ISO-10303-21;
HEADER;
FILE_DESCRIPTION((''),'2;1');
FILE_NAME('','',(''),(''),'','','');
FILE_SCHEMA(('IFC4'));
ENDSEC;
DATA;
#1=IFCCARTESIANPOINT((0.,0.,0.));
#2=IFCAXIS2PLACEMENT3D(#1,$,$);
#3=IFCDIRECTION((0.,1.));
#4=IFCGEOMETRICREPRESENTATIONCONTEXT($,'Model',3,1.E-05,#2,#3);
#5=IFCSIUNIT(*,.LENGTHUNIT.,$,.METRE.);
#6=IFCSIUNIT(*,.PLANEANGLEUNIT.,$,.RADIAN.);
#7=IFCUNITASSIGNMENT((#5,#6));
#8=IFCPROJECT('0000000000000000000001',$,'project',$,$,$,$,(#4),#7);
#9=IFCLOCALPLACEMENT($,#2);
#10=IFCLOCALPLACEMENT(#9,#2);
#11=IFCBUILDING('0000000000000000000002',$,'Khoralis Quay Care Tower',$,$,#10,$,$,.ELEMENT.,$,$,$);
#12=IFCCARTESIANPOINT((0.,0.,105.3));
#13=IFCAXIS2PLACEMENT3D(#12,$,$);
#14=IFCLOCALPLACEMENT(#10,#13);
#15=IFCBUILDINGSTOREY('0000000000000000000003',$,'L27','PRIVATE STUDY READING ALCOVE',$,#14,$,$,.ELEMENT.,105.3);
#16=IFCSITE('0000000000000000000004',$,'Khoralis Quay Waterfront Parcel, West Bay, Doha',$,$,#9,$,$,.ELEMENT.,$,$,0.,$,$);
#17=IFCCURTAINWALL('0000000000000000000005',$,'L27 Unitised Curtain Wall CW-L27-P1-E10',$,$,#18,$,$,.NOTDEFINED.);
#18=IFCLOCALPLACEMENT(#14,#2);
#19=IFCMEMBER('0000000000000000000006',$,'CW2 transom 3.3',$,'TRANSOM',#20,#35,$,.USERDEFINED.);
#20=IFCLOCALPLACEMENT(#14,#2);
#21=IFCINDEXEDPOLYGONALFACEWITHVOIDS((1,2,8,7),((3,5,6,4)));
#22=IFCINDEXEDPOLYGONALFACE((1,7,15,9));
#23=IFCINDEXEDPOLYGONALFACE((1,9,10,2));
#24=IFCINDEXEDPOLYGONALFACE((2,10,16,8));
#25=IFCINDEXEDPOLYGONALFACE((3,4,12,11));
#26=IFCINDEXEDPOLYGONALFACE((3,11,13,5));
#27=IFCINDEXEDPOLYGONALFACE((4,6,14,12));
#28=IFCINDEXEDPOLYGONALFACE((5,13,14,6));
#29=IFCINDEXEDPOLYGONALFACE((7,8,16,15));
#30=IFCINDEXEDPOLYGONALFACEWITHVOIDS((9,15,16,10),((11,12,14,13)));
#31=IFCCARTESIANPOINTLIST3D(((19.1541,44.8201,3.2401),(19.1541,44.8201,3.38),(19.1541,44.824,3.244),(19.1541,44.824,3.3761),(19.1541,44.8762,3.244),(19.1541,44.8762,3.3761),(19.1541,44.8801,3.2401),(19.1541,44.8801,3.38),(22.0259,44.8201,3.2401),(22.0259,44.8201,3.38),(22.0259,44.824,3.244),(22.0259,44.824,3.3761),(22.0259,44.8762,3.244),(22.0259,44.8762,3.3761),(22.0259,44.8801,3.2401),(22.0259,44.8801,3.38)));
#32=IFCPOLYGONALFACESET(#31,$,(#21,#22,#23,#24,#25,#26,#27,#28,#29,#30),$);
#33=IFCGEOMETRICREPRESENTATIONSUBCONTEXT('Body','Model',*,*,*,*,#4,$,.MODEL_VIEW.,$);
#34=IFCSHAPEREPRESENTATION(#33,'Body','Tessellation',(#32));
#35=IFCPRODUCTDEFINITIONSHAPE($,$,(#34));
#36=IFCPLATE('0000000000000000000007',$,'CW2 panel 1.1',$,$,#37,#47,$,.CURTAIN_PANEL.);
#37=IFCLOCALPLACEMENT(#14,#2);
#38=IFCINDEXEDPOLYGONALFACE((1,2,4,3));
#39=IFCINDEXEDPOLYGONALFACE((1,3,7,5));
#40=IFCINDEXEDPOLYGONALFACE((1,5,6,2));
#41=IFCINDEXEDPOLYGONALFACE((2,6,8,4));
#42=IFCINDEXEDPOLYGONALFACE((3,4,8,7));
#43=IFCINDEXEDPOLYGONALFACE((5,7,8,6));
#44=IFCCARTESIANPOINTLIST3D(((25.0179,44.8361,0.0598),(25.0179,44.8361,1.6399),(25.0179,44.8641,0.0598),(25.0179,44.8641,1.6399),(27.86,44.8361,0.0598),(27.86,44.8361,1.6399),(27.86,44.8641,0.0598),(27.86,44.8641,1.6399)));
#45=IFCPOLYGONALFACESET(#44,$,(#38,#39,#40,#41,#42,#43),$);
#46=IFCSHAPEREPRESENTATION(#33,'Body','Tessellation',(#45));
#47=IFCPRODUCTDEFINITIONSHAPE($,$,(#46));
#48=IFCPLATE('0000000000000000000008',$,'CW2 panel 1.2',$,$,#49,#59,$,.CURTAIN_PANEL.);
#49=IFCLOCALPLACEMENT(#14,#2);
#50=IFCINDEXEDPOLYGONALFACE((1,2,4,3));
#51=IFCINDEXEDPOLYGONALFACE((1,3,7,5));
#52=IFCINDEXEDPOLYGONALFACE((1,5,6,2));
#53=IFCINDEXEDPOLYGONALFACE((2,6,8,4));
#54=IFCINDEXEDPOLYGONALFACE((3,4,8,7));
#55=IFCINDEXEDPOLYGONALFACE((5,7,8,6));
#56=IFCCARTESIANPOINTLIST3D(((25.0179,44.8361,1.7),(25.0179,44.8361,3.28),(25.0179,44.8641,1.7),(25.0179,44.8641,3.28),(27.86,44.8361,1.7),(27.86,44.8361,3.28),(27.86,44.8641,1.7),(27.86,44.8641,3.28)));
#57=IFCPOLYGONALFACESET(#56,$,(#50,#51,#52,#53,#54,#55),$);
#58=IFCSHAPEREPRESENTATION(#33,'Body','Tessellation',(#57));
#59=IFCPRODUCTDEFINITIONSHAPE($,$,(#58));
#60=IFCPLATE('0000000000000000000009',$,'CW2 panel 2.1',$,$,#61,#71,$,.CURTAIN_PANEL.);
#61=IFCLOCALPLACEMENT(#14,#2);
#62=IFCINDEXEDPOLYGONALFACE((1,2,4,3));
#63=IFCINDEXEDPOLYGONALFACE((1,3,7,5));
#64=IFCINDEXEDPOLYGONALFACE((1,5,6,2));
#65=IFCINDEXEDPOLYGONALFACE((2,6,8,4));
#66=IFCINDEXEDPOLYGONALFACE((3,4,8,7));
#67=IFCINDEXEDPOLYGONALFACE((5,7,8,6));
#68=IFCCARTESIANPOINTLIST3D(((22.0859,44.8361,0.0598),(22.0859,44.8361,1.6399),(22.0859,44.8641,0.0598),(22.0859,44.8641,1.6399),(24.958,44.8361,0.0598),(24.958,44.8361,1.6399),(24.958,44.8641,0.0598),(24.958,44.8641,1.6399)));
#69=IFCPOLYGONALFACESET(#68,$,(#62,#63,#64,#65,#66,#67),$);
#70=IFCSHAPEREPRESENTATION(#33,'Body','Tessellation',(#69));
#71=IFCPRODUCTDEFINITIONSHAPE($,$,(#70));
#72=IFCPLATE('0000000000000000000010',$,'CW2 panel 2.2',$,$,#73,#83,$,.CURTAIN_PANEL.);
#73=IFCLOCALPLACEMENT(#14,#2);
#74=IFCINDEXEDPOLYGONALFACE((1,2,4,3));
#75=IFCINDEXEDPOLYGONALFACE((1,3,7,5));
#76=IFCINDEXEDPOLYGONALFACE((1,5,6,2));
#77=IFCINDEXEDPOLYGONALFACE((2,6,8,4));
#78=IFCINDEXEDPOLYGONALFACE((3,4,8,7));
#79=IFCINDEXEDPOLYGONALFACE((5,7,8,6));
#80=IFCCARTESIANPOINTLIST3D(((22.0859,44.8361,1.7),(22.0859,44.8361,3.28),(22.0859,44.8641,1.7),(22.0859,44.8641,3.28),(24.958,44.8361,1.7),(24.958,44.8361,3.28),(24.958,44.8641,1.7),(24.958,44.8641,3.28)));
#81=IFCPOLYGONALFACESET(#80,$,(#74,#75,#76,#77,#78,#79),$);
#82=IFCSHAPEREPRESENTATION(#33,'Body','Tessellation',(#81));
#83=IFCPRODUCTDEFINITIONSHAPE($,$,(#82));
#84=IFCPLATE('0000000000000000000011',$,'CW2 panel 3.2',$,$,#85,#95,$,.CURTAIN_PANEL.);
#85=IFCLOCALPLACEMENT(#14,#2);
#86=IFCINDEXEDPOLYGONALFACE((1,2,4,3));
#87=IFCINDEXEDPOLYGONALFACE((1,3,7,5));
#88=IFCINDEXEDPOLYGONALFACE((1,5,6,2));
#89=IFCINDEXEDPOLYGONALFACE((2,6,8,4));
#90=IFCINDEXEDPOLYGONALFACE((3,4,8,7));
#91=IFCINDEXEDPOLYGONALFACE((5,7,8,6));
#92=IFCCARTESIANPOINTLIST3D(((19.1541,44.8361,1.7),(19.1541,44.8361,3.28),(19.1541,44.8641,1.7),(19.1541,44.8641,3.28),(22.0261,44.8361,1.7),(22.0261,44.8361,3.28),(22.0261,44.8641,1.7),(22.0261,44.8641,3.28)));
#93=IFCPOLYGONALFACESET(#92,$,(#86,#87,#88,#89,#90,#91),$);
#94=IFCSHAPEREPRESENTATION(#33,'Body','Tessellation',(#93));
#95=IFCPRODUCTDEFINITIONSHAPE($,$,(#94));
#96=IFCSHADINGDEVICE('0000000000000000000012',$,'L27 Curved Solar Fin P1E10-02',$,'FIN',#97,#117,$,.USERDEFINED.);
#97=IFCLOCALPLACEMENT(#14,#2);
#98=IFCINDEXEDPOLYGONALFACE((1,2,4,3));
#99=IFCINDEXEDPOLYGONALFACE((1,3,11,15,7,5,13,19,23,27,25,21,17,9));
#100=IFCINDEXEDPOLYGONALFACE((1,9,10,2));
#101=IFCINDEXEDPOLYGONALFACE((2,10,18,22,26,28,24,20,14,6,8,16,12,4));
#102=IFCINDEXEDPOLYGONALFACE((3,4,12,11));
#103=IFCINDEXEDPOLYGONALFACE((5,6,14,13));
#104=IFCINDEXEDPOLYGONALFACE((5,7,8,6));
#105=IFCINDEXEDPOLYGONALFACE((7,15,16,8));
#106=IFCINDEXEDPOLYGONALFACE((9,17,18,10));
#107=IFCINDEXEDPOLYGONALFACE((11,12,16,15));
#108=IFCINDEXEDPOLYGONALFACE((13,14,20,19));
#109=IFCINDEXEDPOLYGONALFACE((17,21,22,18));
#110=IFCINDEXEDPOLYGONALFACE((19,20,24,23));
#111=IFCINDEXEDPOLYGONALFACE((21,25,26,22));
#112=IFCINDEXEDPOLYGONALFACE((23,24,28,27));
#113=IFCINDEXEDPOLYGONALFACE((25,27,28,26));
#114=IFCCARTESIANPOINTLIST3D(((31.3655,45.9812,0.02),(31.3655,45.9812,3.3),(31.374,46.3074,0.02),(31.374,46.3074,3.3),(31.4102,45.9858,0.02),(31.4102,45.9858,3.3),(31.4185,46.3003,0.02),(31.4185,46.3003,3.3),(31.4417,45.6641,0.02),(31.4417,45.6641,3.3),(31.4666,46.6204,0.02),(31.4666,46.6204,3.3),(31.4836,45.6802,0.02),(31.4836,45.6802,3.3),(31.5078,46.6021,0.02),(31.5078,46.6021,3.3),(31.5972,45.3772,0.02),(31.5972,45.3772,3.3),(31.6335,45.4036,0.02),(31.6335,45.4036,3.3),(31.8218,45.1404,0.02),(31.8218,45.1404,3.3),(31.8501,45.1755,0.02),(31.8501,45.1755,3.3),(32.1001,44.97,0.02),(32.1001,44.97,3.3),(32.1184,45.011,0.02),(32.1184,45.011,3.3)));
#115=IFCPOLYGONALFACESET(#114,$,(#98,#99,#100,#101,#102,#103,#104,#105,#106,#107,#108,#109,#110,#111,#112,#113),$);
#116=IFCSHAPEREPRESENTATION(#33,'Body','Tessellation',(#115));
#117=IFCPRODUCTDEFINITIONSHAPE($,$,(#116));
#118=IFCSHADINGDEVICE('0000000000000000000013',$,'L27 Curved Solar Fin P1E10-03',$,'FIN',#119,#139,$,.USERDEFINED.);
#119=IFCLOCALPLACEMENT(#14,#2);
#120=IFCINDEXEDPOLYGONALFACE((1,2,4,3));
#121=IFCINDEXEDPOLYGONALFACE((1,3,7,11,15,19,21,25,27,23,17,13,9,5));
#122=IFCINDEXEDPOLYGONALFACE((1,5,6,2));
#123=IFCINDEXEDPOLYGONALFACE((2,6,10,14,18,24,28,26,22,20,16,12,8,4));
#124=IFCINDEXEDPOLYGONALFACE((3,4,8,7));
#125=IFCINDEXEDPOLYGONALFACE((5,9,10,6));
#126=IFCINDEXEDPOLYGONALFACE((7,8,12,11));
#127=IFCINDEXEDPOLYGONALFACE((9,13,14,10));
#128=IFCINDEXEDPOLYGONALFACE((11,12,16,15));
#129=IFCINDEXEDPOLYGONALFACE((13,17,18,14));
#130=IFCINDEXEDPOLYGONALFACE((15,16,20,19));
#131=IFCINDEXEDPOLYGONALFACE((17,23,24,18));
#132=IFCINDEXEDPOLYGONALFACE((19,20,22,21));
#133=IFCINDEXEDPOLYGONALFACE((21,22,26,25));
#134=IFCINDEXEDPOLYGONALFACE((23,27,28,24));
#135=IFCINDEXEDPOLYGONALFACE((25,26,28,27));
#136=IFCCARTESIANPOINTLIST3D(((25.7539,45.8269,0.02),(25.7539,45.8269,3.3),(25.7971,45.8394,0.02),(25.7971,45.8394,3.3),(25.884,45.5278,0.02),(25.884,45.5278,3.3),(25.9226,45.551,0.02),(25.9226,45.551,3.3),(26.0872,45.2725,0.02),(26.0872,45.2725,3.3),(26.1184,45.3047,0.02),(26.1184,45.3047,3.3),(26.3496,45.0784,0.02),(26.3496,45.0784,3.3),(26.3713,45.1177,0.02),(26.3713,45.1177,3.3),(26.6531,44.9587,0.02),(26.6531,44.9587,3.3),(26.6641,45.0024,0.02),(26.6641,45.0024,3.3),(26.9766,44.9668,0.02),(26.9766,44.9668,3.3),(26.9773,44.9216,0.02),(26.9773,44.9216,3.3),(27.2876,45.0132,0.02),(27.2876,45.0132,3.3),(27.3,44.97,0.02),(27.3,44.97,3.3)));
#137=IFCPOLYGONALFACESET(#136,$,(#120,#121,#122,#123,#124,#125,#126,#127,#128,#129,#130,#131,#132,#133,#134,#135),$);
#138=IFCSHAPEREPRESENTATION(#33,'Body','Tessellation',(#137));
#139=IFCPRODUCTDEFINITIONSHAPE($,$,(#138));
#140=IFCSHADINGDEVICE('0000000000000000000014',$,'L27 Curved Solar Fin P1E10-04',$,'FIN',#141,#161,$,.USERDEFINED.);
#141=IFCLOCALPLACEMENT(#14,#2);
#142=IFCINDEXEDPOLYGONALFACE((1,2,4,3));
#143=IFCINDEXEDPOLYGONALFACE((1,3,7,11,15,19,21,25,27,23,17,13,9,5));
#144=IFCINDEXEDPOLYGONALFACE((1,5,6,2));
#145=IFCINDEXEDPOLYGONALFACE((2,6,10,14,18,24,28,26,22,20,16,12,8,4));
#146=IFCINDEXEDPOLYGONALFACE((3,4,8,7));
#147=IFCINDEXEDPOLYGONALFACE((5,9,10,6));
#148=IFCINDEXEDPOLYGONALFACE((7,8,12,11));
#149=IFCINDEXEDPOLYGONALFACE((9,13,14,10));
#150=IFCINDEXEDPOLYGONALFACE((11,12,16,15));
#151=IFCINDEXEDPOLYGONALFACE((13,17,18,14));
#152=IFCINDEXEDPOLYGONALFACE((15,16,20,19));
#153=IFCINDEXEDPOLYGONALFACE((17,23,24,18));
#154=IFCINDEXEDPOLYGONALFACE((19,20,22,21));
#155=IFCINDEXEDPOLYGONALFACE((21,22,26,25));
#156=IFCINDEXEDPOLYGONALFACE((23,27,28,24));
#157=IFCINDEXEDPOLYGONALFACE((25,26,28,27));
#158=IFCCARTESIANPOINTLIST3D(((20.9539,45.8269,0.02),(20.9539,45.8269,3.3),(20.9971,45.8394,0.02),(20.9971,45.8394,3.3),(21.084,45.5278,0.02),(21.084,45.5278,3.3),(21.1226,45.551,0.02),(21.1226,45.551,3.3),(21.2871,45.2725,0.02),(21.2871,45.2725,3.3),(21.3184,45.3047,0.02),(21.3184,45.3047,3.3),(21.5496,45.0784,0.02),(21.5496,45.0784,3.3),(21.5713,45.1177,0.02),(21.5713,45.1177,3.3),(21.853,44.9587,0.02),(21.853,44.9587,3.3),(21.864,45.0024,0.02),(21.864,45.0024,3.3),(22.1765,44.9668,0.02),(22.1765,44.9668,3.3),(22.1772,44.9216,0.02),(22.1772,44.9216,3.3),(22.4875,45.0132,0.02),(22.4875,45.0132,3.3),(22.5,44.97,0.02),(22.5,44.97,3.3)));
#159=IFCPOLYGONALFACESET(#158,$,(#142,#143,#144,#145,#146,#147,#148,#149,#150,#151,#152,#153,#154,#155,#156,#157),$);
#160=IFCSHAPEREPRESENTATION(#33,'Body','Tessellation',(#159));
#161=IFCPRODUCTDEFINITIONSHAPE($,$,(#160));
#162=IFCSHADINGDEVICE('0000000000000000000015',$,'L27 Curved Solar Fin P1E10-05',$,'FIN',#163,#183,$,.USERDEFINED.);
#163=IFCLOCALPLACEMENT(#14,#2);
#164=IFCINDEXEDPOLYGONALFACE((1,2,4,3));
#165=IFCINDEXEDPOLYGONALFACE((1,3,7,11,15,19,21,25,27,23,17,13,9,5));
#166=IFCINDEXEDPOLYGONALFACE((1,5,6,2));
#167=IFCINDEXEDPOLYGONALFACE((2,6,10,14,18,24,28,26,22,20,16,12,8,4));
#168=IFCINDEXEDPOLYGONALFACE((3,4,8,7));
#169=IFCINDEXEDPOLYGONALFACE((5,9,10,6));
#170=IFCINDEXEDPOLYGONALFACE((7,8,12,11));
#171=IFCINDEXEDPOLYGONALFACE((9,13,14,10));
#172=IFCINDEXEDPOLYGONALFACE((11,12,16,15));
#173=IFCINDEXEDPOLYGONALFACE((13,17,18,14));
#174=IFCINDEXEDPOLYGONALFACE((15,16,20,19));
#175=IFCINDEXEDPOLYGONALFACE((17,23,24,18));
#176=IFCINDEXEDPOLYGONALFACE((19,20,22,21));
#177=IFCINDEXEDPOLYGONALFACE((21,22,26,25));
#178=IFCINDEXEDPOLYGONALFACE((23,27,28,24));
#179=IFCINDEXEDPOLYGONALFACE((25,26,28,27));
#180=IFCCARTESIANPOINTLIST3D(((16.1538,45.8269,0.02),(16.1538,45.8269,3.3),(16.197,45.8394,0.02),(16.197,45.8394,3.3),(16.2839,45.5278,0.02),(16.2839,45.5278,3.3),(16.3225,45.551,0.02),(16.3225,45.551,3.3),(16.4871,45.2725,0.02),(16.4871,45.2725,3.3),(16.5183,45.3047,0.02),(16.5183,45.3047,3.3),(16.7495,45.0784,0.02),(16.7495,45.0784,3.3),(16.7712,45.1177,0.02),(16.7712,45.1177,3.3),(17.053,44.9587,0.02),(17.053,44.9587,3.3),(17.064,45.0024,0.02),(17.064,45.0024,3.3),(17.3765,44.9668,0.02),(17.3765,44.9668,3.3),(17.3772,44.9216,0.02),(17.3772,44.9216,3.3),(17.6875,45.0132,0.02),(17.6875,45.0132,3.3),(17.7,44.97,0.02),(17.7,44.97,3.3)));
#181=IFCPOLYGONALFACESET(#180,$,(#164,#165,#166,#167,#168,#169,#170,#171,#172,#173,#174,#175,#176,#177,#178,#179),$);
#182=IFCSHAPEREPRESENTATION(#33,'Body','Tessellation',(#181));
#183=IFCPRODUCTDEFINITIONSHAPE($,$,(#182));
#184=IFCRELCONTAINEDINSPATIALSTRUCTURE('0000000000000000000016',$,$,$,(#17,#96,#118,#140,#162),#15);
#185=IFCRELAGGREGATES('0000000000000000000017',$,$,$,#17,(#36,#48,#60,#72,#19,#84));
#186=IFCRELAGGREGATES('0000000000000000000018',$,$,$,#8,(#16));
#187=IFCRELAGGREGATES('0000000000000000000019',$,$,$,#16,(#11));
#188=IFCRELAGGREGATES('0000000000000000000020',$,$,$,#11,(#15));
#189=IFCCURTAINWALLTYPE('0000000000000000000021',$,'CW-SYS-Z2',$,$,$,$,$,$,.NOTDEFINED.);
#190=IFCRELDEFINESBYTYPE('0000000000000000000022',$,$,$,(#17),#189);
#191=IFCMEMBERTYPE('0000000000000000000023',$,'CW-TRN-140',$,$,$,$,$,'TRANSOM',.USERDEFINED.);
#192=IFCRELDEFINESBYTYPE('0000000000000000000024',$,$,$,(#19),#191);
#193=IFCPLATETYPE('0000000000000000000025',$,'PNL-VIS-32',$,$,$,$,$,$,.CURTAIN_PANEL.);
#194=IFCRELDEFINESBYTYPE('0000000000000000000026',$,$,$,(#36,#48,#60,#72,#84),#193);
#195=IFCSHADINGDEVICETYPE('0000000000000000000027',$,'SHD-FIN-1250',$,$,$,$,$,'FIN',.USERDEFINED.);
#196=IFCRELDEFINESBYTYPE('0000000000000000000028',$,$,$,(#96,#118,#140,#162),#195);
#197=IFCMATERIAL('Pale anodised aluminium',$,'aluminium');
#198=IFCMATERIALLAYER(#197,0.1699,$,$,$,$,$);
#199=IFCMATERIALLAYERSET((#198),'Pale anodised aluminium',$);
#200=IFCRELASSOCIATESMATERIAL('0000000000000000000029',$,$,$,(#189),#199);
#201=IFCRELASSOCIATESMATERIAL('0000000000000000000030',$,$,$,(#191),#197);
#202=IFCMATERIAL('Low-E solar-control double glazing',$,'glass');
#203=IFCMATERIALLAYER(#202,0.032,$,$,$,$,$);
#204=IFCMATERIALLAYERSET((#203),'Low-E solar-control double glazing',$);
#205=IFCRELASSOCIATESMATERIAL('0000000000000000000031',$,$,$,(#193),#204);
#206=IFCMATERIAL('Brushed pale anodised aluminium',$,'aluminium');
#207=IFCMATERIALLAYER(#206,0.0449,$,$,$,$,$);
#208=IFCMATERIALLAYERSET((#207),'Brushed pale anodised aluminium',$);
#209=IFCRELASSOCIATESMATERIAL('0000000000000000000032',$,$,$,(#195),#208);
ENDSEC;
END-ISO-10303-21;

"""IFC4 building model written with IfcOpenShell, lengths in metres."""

from ifc_helpers import new_model, si_unit, direction, frame, origin, origin_2d, place, context, subcontext, project, spatial, polyline, rectangle, hollow_rectangle, outline, extrude, source, transform, mapped, material, layer, layer_set, material_profile, profile_set, type_object, element, aggregate, save


model = new_model("IFC4")

# Units and contexts
model_context = context("Model", 3, precision=1e-05, world=origin(), true_north=direction((0.0, 1.0)))
body_context = subcontext(model_context, "Body", "Model", "MODEL_VIEW")
ifc_project = project(units=[si_unit("LENGTHUNIT", "METRE"), si_unit("PLANEANGLEUNIT", "RADIAN")], contexts=[model_context])

# Site, building, storey
site_placement = place(None, origin())
site = spatial("IfcSite", under=ifc_project, at=site_placement, Name="Khoralis Quay Waterfront Parcel, West Bay, Doha", CompositionType="ELEMENT", RefElevation=0.0)
building_placement = place(site_placement, origin())
building = spatial("IfcBuilding", under=site, at=building_placement, Name="Khoralis Quay Care Tower", CompositionType="ELEMENT")
storey_placement = place(building_placement, frame((0.0, 0.0, 105.3)))
storey = spatial("IfcBuildingStorey", under=building, at=storey_placement, Name="L27", Description="PRIVATE STUDY READING ALCOVE", CompositionType="ELEMENT", Elevation=105.3)

# Curtain wall, member, plates
ifc_material_1 = material(Name="Pale anodised aluminium", Category="aluminium")
ifc_layer_1 = layer(ifc_material_1, 0.1699)
ifc_layer_set_1 = layer_set([ifc_layer_1], Name="Pale anodised aluminium")
curtain_wall_type = type_object("IfcCurtainWallType", Name="CW-SYS-Z2", PredefinedType="NOTDEFINED", material=ifc_layer_set_1)
curtain_wall_placement = place(storey_placement, origin())
curtain_wall = element("IfcCurtainWall", 1, at=curtain_wall_placement, inside=storey, type_object=curtain_wall_type, Name="L27 Unitised Curtain Wall CW-L27-P1-E10", PredefinedType="NOTDEFINED")
ifc_material_profile_1 = material_profile(ifc_material_1, hollow_rectangle(XDim=0.0601, YDim=0.1399, WallThickness=0.0039, at=origin_2d()), Name="Pale anodised aluminium")
ifc_profile_set_1 = profile_set([ifc_material_profile_1], Name="Pale anodised aluminium")
member_type_1 = type_object("IfcMemberType", Name="CW-TRN-140", ElementType="TRANSOM", PredefinedType="USERDEFINED", material=ifc_profile_set_1)
shared_shape_1 = source(origin(), body_context, "Body", "SweptSolid", [
    extrude(hollow_rectangle(XDim=0.0601, YDim=0.1399, WallThickness=0.0039, at=origin_2d()), origin(), (0.0, 0.0, 1.0), 2.8718),
])
member_1_placement = place(storey_placement, frame((22.0259, 44.8501, 3.3101), z_axis=(-1.0, 0.0, 0.0), x_axis=(0.0, -1.0, 0.0)))
member_1 = element("IfcMember", 2, at=member_1_placement, type_object=member_type_1, Name="CW2 transom 3.3", ObjectType="TRANSOM", PredefinedType="USERDEFINED", context=body_context, shape_type="MappedRepresentation", body=[
    mapped(shared_shape_1, transform((0.0, 0.0, 0.0), scale=1.0)),
])
ifc_material_2 = material(Name="Low-E solar-control double glazing", Category="glass")
ifc_layer_2 = layer(ifc_material_2, 0.032)
ifc_layer_set_2 = layer_set([ifc_layer_2], Name="Low-E solar-control double glazing")
plate_type = type_object("IfcPlateType", Name="PNL-VIS-32", PredefinedType="CURTAIN_PANEL", material=ifc_layer_set_2)
shared_shape_2 = source(origin(), body_context, "Body", "SweptSolid", [
    extrude(rectangle(XDim=2.842, YDim=0.0281, at=origin_2d()), origin(), (0.0, 0.0, 1.0), 1.5801),
])
plate_1_placement = place(storey_placement, frame((26.439, 44.8501, 0.0598), z_axis=(0.0, 0.0, 1.0), x_axis=(-1.0, 0.0, 0.0)))
plate_1 = element("IfcPlate", 3, at=plate_1_placement, type_object=plate_type, Name="CW2 panel 1.1", PredefinedType="CURTAIN_PANEL", context=body_context, shape_type="MappedRepresentation", body=[
    mapped(shared_shape_2, transform((0.0, 0.0, 0.0), scale=1.0)),
])
plate_2_placement = place(storey_placement, frame((26.439, 44.8501, 1.7), z_axis=(0.0, 0.0, 1.0), x_axis=(-1.0, 0.0, 0.0)))
plate_2 = element("IfcPlate", 4, at=plate_2_placement, type_object=plate_type, Name="CW2 panel 1.2", PredefinedType="CURTAIN_PANEL", context=body_context, shape_type="MappedRepresentation", body=[
    mapped(shared_shape_2, transform((0.0, 0.0, 0.0), scale=1.0)),
])
shared_shape_3 = source(origin(), body_context, "Body", "SweptSolid", [
    extrude(rectangle(XDim=2.8721, YDim=0.0281, at=origin_2d()), origin(), (0.0, 0.0, 1.0), 1.5801),
])
plate_3_placement = place(storey_placement, frame((23.522, 44.8501, 0.0598), z_axis=(0.0, 0.0, 1.0), x_axis=(-1.0, 0.0, 0.0)))
plate_3 = element("IfcPlate", 5, at=plate_3_placement, type_object=plate_type, Name="CW2 panel 2.1", PredefinedType="CURTAIN_PANEL", context=body_context, shape_type="MappedRepresentation", body=[
    mapped(shared_shape_3, transform((0.0, 0.0, 0.0), scale=1.0)),
])
plate_4_placement = place(storey_placement, frame((23.522, 44.8501, 1.7), z_axis=(0.0, 0.0, 1.0), x_axis=(-1.0, 0.0, 0.0)))
plate_4 = element("IfcPlate", 6, at=plate_4_placement, type_object=plate_type, Name="CW2 panel 2.2", PredefinedType="CURTAIN_PANEL", context=body_context, shape_type="MappedRepresentation", body=[
    mapped(shared_shape_3, transform((0.0, 0.0, 0.0), scale=1.0)),
])
plate_5_placement = place(storey_placement, frame((20.5901, 44.8501, 1.7), z_axis=(0.0, 0.0, 1.0), x_axis=(-1.0, 0.0, 0.0)))
plate_5 = element("IfcPlate", 7, at=plate_5_placement, type_object=plate_type, Name="CW2 panel 3.2", PredefinedType="CURTAIN_PANEL", context=body_context, shape_type="MappedRepresentation", body=[
    mapped(shared_shape_3, transform((0.0, 0.0, 0.0), scale=1.0)),
])
aggregate(curtain_wall, [plate_1, plate_2, plate_3, plate_4, member_1, plate_5])

# Shading devices
ifc_material_3 = material(Name="Brushed pale anodised aluminium", Category="aluminium")
ifc_layer_3 = layer(ifc_material_3, 0.0449)
ifc_layer_set_3 = layer_set([ifc_layer_3], Name="Brushed pale anodised aluminium")
shading_device_type = type_object("IfcShadingDeviceType", Name="SHD-FIN-1250", ElementType="FIN", PredefinedType="USERDEFINED", material=ifc_layer_set_3)
shared_shape_4 = source(origin(), body_context, "Body", "SweptSolid", [
    extrude(outline(polyline([(0.0, 0.0), (0.1704, 0.2783), (0.4072, 0.5029), (0.6941, 0.6584), (1.0112, 0.7346), (1.3374, 0.7261), (1.6504, 0.6335), (1.6321, 0.5923), (1.3303, 0.6816), (1.0159, 0.6899), (0.7102, 0.6165), (0.4336, 0.4666), (0.2056, 0.25), (0.041, -0.0183), (0.0, 0.0)])), origin(), (0.0, 0.0, 1.0), 3.28),
])
shading_device_placement = place(storey_placement, frame((32.1001, 44.97, 0.02), z_axis=(0.0, 0.0, 1.0), x_axis=(0.0, 1.0, 0.0)))
element("IfcShadingDevice", 8, at=shading_device_placement, inside=storey, type_object=shading_device_type, Name="L27 Curved Solar Fin P1E10-02", ObjectType="FIN", PredefinedType="USERDEFINED", context=body_context, shape_type="MappedRepresentation", body=[
    mapped(shared_shape_4, transform((0.0, 0.0, 0.0), scale=1.0)),
])
shared_shape_5 = source(origin(), body_context, "Body", "SweptSolid", [
    extrude(outline(polyline([(0.0, 0.0), (-0.0483, 0.3228), (-0.0112, 0.647), (0.1084, 0.9504), (0.3025, 1.2129), (0.5579, 1.416), (0.8569, 1.5461), (0.8694, 1.5029), (0.5811, 1.3774), (0.3347, 1.1816), (0.1477, 0.9287), (0.0325, 0.636), (-0.0032, 0.3235), (0.0432, 0.0125), (0.0, 0.0)])), origin(), (0.0, 0.0, 1.0), 3.28),
])
for number, where, z_axis, x_axis, name in (
    (9, (27.3, 44.97, 0.02), (0.0, 0.0, 1.0), (0.0, 1.0, 0.0), "L27 Curved Solar Fin P1E10-03"),
    (10, (22.5, 44.97, 0.02), (0.0, 0.0, 1.0), (0.0, 1.0, 0.0), "L27 Curved Solar Fin P1E10-04"),
    (11, (17.7, 44.97, 0.02), (0.0, 0.0, 1.0), (0.0, 1.0, 0.0), "L27 Curved Solar Fin P1E10-05"),
):
    element("IfcShadingDevice", number, at=place(storey_placement, frame(where, z_axis=z_axis, x_axis=x_axis)), inside=storey, type_object=shading_device_type, Name=name, ObjectType="FIN", PredefinedType="USERDEFINED", context=body_context, shape_type="MappedRepresentation", body=[
        mapped(shared_shape_5, transform((0.0, 0.0, 0.0), scale=1.0)),
    ])

save(model, "model.ifc")
